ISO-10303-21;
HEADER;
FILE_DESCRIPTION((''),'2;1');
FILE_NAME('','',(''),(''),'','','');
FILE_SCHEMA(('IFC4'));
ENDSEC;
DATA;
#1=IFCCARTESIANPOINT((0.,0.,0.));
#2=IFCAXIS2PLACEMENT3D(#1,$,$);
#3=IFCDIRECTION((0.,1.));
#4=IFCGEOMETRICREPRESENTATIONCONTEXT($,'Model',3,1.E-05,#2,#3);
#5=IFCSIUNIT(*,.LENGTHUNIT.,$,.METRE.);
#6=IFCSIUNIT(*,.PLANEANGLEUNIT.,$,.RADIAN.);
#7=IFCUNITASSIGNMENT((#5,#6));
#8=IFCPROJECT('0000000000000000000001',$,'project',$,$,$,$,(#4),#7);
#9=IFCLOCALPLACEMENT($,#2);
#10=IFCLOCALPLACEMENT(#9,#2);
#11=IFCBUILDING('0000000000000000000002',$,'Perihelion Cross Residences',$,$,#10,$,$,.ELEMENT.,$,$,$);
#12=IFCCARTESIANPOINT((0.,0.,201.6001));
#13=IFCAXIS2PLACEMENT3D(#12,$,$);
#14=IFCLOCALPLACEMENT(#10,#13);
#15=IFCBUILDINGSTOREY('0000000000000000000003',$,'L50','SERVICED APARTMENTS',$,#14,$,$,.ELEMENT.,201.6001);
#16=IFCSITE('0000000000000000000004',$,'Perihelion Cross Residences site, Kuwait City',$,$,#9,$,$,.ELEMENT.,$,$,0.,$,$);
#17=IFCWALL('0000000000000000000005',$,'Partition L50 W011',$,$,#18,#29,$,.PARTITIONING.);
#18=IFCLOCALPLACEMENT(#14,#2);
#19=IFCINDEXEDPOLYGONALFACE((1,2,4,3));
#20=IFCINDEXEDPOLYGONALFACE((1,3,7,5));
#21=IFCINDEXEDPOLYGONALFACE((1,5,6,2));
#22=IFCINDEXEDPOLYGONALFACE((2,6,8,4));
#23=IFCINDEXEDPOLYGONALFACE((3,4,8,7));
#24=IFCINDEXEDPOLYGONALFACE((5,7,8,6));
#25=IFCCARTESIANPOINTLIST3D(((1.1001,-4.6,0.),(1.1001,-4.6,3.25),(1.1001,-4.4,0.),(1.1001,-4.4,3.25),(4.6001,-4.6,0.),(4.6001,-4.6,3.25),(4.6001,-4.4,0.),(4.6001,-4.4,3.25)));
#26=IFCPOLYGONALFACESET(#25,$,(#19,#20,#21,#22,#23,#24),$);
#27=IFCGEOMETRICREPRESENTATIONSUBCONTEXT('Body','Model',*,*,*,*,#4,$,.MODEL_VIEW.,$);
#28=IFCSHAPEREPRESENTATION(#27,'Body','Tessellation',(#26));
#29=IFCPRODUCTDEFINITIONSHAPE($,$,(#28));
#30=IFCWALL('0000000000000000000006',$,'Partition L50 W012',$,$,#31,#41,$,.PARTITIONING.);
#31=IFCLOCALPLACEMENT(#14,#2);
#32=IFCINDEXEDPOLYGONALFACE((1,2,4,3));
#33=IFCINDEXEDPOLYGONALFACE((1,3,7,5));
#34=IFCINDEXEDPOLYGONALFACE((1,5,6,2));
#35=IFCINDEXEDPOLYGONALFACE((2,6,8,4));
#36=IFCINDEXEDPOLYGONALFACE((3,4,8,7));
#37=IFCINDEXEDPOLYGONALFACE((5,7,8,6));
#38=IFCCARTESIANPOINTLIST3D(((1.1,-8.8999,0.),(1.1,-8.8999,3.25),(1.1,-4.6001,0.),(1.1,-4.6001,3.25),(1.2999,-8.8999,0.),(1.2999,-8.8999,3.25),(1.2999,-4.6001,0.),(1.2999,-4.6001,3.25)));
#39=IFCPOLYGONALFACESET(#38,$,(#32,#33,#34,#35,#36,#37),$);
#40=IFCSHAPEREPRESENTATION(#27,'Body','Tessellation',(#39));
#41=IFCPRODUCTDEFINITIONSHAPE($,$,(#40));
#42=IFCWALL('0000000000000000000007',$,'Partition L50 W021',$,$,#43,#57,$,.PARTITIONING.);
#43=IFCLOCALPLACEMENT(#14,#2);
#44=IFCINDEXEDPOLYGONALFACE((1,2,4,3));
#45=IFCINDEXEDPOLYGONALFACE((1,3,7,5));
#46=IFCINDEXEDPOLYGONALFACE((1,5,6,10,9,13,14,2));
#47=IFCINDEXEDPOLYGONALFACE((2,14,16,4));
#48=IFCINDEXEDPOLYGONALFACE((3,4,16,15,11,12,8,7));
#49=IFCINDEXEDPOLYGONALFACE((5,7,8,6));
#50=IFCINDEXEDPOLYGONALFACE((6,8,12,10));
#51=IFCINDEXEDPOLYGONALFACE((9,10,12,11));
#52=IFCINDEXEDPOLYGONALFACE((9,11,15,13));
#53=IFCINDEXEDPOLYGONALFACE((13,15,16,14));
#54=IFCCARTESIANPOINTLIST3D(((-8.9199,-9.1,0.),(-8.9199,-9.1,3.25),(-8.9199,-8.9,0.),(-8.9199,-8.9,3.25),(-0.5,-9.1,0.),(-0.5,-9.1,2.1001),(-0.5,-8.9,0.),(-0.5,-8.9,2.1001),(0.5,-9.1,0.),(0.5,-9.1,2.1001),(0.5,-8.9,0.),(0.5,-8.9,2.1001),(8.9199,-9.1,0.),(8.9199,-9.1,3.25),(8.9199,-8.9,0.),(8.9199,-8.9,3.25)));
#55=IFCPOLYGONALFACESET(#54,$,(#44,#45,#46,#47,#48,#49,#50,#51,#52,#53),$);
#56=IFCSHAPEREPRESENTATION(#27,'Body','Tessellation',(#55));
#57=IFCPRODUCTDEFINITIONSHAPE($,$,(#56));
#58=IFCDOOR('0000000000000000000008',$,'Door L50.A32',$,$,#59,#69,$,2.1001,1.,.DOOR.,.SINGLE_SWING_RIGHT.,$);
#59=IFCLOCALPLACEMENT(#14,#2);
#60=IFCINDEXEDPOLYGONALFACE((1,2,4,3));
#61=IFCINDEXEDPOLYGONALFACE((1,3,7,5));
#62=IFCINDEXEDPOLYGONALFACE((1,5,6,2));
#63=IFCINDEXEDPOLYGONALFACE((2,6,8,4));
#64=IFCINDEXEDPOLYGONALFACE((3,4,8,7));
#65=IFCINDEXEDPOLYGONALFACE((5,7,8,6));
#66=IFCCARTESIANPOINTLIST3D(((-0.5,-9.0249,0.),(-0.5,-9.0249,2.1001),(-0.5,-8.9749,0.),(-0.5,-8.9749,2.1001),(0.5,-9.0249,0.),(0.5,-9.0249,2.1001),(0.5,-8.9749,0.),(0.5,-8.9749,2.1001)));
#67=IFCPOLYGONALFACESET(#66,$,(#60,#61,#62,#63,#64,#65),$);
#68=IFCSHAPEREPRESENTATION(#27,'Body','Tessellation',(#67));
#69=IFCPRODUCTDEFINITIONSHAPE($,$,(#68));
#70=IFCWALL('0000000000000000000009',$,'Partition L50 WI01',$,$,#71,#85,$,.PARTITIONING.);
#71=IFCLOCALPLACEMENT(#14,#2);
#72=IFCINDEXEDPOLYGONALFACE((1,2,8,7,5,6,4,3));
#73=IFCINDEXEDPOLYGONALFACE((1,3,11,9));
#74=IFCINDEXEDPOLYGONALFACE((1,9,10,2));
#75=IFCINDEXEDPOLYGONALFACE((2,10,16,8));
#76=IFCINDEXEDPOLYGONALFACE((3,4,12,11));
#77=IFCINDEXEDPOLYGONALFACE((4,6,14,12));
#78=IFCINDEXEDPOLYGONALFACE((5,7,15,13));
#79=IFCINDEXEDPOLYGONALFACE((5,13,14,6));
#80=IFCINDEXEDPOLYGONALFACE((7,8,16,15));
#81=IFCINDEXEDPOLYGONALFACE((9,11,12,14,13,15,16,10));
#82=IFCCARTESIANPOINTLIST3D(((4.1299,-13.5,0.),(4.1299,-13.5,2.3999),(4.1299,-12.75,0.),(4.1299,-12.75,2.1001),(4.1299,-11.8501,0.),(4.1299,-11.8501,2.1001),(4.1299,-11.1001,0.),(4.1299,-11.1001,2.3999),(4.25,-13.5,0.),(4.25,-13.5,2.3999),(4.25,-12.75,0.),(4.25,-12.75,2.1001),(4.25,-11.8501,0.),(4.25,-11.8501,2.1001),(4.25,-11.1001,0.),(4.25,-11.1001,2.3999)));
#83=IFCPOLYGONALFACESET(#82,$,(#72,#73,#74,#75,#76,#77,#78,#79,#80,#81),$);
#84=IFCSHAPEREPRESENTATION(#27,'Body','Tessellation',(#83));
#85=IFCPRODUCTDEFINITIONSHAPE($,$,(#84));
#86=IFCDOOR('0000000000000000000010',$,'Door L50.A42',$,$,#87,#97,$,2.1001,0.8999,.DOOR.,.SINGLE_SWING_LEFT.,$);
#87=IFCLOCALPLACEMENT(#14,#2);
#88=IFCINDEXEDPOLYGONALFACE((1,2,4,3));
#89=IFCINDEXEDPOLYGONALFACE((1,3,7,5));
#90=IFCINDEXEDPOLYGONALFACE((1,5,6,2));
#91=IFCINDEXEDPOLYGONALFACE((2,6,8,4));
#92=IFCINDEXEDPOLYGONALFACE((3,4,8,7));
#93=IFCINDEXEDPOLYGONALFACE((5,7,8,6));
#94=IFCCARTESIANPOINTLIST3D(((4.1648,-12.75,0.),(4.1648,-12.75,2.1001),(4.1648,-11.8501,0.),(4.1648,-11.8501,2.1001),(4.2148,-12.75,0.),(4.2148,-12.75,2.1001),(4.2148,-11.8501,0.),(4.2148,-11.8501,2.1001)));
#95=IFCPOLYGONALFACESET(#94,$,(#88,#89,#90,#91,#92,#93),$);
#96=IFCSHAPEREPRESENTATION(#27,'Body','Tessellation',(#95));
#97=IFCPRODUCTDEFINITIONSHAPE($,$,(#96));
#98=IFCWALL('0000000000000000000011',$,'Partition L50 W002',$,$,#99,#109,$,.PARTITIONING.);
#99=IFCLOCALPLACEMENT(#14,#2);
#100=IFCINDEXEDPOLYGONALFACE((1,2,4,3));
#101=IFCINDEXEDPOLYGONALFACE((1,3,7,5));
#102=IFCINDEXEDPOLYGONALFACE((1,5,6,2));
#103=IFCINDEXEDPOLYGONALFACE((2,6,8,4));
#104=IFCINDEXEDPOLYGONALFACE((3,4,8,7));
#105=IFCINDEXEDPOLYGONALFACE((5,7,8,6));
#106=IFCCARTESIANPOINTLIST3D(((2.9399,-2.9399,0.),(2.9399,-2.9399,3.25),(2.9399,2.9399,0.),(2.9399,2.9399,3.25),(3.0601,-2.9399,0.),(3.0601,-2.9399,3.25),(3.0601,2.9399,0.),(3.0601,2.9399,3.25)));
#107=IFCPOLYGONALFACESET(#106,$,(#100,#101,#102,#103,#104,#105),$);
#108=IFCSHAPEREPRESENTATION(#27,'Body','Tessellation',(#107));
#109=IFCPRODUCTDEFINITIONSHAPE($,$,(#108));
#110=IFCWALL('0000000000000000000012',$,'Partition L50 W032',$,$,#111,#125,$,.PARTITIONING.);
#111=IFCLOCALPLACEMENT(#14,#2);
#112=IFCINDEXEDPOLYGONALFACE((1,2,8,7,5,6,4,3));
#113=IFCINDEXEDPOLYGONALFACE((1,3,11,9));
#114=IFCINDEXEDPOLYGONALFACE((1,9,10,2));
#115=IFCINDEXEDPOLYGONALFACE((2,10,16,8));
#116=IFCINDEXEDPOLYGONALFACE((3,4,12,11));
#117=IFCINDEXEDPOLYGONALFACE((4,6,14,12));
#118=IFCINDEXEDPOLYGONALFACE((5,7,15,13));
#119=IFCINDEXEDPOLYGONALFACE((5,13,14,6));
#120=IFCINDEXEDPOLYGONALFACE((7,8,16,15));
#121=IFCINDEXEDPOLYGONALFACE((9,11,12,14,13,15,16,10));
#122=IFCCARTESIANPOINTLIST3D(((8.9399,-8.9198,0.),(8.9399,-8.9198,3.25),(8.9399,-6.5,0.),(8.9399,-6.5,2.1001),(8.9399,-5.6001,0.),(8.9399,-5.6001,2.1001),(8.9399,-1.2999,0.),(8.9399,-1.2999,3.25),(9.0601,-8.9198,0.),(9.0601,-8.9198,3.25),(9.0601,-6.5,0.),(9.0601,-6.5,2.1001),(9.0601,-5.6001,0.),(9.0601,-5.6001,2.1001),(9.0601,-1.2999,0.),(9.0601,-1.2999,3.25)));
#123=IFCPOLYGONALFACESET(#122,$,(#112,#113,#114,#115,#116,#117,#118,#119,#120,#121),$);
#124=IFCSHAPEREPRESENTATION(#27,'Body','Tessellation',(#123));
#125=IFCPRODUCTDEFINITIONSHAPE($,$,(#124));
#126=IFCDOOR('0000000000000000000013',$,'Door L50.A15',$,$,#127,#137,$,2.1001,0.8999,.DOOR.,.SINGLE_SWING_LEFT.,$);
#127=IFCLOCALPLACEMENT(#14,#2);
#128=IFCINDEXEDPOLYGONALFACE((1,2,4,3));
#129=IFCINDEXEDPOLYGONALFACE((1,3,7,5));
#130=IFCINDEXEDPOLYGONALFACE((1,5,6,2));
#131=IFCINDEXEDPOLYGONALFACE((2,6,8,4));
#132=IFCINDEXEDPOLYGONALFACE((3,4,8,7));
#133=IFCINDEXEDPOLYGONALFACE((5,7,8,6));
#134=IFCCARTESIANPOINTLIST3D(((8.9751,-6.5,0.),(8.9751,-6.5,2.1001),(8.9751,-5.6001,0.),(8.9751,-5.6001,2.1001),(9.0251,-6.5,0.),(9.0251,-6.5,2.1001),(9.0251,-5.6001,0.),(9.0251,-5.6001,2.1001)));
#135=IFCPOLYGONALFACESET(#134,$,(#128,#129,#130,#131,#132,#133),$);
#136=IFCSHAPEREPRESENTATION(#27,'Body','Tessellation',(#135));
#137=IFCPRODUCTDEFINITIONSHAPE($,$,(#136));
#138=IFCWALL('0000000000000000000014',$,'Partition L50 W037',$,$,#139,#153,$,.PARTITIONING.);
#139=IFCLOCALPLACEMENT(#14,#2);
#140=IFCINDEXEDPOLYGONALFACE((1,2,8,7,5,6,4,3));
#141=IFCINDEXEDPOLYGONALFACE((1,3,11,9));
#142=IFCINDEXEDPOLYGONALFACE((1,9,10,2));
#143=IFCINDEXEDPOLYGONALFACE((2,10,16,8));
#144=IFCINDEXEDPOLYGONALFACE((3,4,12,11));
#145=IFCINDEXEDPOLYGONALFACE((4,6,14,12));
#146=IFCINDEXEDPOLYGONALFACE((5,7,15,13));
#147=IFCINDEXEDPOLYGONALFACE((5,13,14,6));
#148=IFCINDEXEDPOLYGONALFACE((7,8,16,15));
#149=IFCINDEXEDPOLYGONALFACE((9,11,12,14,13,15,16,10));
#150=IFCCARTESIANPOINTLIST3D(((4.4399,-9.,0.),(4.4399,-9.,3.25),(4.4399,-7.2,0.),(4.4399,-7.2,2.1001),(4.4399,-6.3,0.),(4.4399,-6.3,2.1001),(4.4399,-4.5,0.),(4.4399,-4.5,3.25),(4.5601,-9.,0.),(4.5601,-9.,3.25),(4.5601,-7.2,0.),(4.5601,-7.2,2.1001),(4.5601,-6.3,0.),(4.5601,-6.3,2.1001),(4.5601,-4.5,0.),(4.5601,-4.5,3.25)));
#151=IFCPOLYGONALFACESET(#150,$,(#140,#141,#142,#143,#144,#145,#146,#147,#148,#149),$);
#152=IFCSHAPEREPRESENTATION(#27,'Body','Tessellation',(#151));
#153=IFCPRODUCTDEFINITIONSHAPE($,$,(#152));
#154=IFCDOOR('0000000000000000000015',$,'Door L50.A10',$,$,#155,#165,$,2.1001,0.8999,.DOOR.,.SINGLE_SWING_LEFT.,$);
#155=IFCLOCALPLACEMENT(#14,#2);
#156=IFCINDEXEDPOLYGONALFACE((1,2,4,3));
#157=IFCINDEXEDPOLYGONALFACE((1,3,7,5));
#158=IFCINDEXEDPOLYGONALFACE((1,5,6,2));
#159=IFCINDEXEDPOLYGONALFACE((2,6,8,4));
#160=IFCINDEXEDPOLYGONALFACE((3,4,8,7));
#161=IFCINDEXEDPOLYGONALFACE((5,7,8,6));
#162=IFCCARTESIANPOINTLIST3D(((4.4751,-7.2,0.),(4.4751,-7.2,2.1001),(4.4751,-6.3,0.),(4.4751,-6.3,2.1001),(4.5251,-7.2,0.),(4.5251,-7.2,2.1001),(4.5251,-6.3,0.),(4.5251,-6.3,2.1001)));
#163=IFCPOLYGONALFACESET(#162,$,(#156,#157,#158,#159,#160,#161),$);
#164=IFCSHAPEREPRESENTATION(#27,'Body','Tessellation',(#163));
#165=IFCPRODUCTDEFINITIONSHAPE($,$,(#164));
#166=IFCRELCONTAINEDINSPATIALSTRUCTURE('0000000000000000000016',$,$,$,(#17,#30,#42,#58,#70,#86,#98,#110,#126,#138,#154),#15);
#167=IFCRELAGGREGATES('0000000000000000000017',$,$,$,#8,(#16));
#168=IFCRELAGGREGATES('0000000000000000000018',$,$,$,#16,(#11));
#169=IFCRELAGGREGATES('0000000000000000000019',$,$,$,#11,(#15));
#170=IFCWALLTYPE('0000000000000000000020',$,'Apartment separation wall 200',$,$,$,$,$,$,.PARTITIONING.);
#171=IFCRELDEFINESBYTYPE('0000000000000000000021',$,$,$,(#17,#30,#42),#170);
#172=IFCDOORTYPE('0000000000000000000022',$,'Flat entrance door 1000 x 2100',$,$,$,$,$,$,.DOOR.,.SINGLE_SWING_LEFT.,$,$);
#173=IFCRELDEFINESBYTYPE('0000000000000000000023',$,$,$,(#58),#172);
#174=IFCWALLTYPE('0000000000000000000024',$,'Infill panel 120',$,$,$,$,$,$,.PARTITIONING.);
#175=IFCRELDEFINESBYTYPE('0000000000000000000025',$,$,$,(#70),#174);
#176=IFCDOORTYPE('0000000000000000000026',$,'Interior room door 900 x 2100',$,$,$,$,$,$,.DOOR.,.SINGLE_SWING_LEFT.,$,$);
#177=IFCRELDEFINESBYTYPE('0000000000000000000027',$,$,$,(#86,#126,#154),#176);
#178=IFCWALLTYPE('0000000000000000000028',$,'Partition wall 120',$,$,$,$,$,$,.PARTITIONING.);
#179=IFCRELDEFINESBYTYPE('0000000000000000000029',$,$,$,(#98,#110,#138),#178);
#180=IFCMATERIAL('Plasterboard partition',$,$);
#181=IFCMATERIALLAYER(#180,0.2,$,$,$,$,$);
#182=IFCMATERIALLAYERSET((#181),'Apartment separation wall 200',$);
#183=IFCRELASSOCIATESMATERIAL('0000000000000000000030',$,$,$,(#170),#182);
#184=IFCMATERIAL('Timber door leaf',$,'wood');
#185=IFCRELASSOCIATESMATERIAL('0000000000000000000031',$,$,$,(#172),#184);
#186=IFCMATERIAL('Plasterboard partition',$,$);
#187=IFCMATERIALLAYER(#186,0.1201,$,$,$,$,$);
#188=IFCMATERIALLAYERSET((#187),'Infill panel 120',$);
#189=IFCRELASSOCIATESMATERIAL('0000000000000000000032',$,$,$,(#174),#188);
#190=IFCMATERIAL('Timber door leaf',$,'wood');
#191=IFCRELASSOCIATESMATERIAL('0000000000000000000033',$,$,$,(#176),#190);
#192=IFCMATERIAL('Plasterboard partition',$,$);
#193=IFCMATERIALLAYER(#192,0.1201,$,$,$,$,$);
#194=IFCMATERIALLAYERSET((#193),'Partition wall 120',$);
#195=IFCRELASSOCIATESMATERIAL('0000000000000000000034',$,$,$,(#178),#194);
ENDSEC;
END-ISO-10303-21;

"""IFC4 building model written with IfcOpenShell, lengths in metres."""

from ifc_helpers import new_model, si_unit, direction, frame, frame_2d, origin, place, context, subcontext, project, spatial, rectangle, extrude, material, layer, layer_set, type_object, element, fill, save


model = new_model("IFC4")

# Units and contexts
model_context = context("Model", 3, precision=1e-05, world=origin(), true_north=direction((0.0, 1.0)))
body_context = subcontext(model_context, "Body", "Model", "MODEL_VIEW")
ifc_project = project(units=[si_unit("LENGTHUNIT", "METRE"), si_unit("PLANEANGLEUNIT", "RADIAN")], contexts=[model_context])

# Site, building, storey
site_placement = place(None, origin())
site = spatial("IfcSite", under=ifc_project, at=site_placement, Name="Perihelion Cross Residences site, Kuwait City", CompositionType="ELEMENT", RefElevation=0.0)
building_placement = place(site_placement, origin())
building = spatial("IfcBuilding", under=site, at=building_placement, Name="Perihelion Cross Residences", CompositionType="ELEMENT")
storey_placement = place(building_placement, frame((0.0, 0.0, 201.6001)))
storey = spatial("IfcBuildingStorey", under=building, at=storey_placement, Name="L50", Description="SERVICED APARTMENTS", CompositionType="ELEMENT", Elevation=201.6001)

# Walls
ifc_material_1 = material(Name="Plasterboard partition")
ifc_layer_1 = layer(ifc_material_1, 0.2)
ifc_layer_set_1 = layer_set([ifc_layer_1], Name="Apartment separation wall 200")
wall_type_1 = type_object("IfcWallType", Name="Apartment separation wall 200", PredefinedType="PARTITIONING", material=ifc_layer_set_1)
wall_1_placement = place(storey_placement, frame((4.6001, -4.5, 0.0), z_axis=(0.0, 0.0, 1.0), x_axis=(-1.0, 0.0, 0.0)))
element("IfcWall", 1, at=wall_1_placement, inside=storey, type_object=wall_type_1, Name="Partition L50 W011", PredefinedType="PARTITIONING", context=body_context, shape_type="SweptSolid", body=[
    extrude(rectangle(XDim=3.5, YDim=0.2, at=frame_2d((1.75, 0.0))), origin(), (0.0, 0.0, 1.0), 3.25),
])
wall_2_placement = place(storey_placement, frame((1.2, -4.6001, 0.0), z_axis=(0.0, 0.0, 1.0), x_axis=(0.0, -1.0, 0.0)))
element("IfcWall", 2, at=wall_2_placement, inside=storey, type_object=wall_type_1, Name="Partition L50 W012", PredefinedType="PARTITIONING", context=body_context, shape_type="SweptSolid", body=[
    extrude(rectangle(XDim=4.2998, YDim=0.2, at=frame_2d((2.1499, 0.0))), origin(), (0.0, 0.0, 1.0), 3.25),
])

# Walls, openings, doors
wall_3_placement = place(storey_placement, frame((8.9199, -9.0, 0.0), z_axis=(0.0, 0.0, 1.0), x_axis=(-1.0, 0.0, 0.0)))
wall_3 = element("IfcWall", 3, at=wall_3_placement, inside=storey, type_object=wall_type_1, Name="Partition L50 W021", PredefinedType="PARTITIONING", context=body_context, shape_type="SweptSolid", body=[
    extrude(rectangle(XDim=17.8398, YDim=0.2, at=frame_2d((8.9199, 0.0))), origin(), (0.0, 0.0, 1.0), 3.25),
])
opening_1_placement = place(wall_3_placement, frame((8.4199, 0.0, 0.0)))
opening_1 = element("IfcOpeningElement", 4, at=opening_1_placement, cuts=wall_3, PredefinedType="OPENING", context=body_context, shape_type="SweptSolid", body=[
    extrude(rectangle(XDim=1.0, YDim=2.1001, at=frame_2d((0.5, 1.05))), frame((0.0, 0.1099, 0.0), z_axis=(0.0, -1.0, 0.0), x_axis=(1.0, 0.0, 0.0)), (0.0, 0.0, 1.0), 0.22),
])
ifc_material_2 = material(Name="Timber door leaf", Category="wood")
door_type_1 = type_object("IfcDoorType", Name="Flat entrance door 1000 x 2100", OperationType="SINGLE_SWING_LEFT", PredefinedType="DOOR", material=ifc_material_2)
door_1_placement = place(opening_1_placement, origin())
door_1 = element("IfcDoor", 5, at=door_1_placement, inside=storey, type_object=door_type_1, Name="Door L50.A32", OperationType="SINGLE_SWING_RIGHT", OverallHeight=2.1001, OverallWidth=1.0, PredefinedType="DOOR", context=body_context, shape_type="SweptSolid", body=[
    extrude(rectangle(XDim=1.0, YDim=2.1001, at=frame_2d((0.5, 1.05))), frame((0.0, 0.0249, 0.0), z_axis=(0.0, -1.0, 0.0), x_axis=(1.0, 0.0, 0.0)), (0.0, 0.0, 1.0), 0.05),
])
fill(opening_1, door_1)
ifc_material_3 = material(Name="Plasterboard partition")
ifc_layer_2 = layer(ifc_material_3, 0.1201)
ifc_layer_set_2 = layer_set([ifc_layer_2], Name="Infill panel 120")
wall_type_2 = type_object("IfcWallType", Name="Infill panel 120", PredefinedType="PARTITIONING", material=ifc_layer_set_2)
wall_4_placement = place(storey_placement, frame((4.1899, -11.1001, 0.0), z_axis=(0.0, 0.0, 1.0), x_axis=(0.0, -1.0, 0.0)))
wall_4 = element("IfcWall", 6, at=wall_4_placement, inside=storey, type_object=wall_type_2, Name="Partition L50 WI01", PredefinedType="PARTITIONING", context=body_context, shape_type="SweptSolid", body=[
    extrude(rectangle(XDim=2.3999, YDim=0.1201, at=frame_2d((1.2, 0.0))), origin(), (0.0, 0.0, 1.0), 2.3999),
])
opening_2_placement = place(wall_4_placement, frame((0.75, 0.0, 0.0)))
opening_2 = element("IfcOpeningElement", 7, at=opening_2_placement, cuts=wall_4, PredefinedType="OPENING", context=body_context, shape_type="SweptSolid", body=[
    extrude(rectangle(XDim=0.8999, YDim=2.1001, at=frame_2d((0.45, 1.05))), frame((0.0, 0.0701, 0.0), z_axis=(0.0, -1.0, 0.0), x_axis=(1.0, 0.0, 0.0)), (0.0, 0.0, 1.0), 0.1401),
])
ifc_material_4 = material(Name="Timber door leaf", Category="wood")
door_type_2 = type_object("IfcDoorType", Name="Interior room door 900 x 2100", OperationType="SINGLE_SWING_LEFT", PredefinedType="DOOR", material=ifc_material_4)
door_2_placement = place(opening_2_placement, origin())
door_2 = element("IfcDoor", 8, at=door_2_placement, inside=storey, type_object=door_type_2, Name="Door L50.A42", OperationType="SINGLE_SWING_LEFT", OverallHeight=2.1001, OverallWidth=0.8999, PredefinedType="DOOR", context=body_context, shape_type="SweptSolid", body=[
    extrude(rectangle(XDim=0.8999, YDim=2.1001, at=frame_2d((0.45, 1.05))), frame((0.0, 0.0249, 0.0), z_axis=(0.0, -1.0, 0.0), x_axis=(1.0, 0.0, 0.0)), (0.0, 0.0, 1.0), 0.05),
])
fill(opening_2, door_2)

# Wall
ifc_material_5 = material(Name="Plasterboard partition")
ifc_layer_3 = layer(ifc_material_5, 0.1201)
ifc_layer_set_3 = layer_set([ifc_layer_3], Name="Partition wall 120")
wall_type_3 = type_object("IfcWallType", Name="Partition wall 120", PredefinedType="PARTITIONING", material=ifc_layer_set_3)
wall_5_placement = place(storey_placement, frame((3.0, -2.9399, 0.0), z_axis=(0.0, 0.0, 1.0), x_axis=(0.0, 1.0, 0.0)))
element("IfcWall", 9, at=wall_5_placement, inside=storey, type_object=wall_type_3, Name="Partition L50 W002", PredefinedType="PARTITIONING", context=body_context, shape_type="SweptSolid", body=[
    extrude(rectangle(XDim=5.8799, YDim=0.1201, at=frame_2d((2.9399, 0.0))), origin(), (0.0, 0.0, 1.0), 3.25),
])

# Walls, openings, doors
wall_6_placement = place(storey_placement, frame((9.0, -8.9199, 0.0), z_axis=(0.0, 0.0, 1.0), x_axis=(0.0, 1.0, 0.0)))
wall_6 = element("IfcWall", 10, at=wall_6_placement, inside=storey, type_object=wall_type_3, Name="Partition L50 W032", PredefinedType="PARTITIONING", context=body_context, shape_type="SweptSolid", body=[
    extrude(rectangle(XDim=7.6199, YDim=0.1201, at=frame_2d((3.8101, 0.0))), origin(), (0.0, 0.0, 1.0), 3.25),
])
opening_3_placement = place(wall_6_placement, frame((2.4199, 0.0, 0.0)))
opening_3 = element("IfcOpeningElement", 11, at=opening_3_placement, cuts=wall_6, PredefinedType="OPENING", context=body_context, shape_type="SweptSolid", body=[
    extrude(rectangle(XDim=0.8999, YDim=2.1001, at=frame_2d((0.45, 1.05))), frame((0.0, 0.0701, 0.0), z_axis=(0.0, -1.0, 0.0), x_axis=(1.0, 0.0, 0.0)), (0.0, 0.0, 1.0), 0.1401),
])
door_3_placement = place(opening_3_placement, origin())
door_3 = element("IfcDoor", 12, at=door_3_placement, inside=storey, type_object=door_type_2, Name="Door L50.A15", OperationType="SINGLE_SWING_LEFT", OverallHeight=2.1001, OverallWidth=0.8999, PredefinedType="DOOR", context=body_context, shape_type="SweptSolid", body=[
    extrude(rectangle(XDim=0.8999, YDim=2.1001, at=frame_2d((0.45, 1.05))), frame((0.0, 0.0249, 0.0), z_axis=(0.0, -1.0, 0.0), x_axis=(1.0, 0.0, 0.0)), (0.0, 0.0, 1.0), 0.05),
])
fill(opening_3, door_3)
wall_7_placement = place(storey_placement, frame((4.5, -9.0, 0.0), z_axis=(0.0, 0.0, 1.0), x_axis=(0.0, 1.0, 0.0)))
wall_7 = element("IfcWall", 13, at=wall_7_placement, inside=storey, type_object=wall_type_3, Name="Partition L50 W037", PredefinedType="PARTITIONING", context=body_context, shape_type="SweptSolid", body=[
    extrude(rectangle(XDim=4.5, YDim=0.1201, at=frame_2d((2.25, 0.0))), origin(), (0.0, 0.0, 1.0), 3.25),
])
opening_4_placement = place(wall_7_placement, frame((1.8, 0.0, 0.0)))
opening_4 = element("IfcOpeningElement", 14, at=opening_4_placement, cuts=wall_7, PredefinedType="OPENING", context=body_context, shape_type="SweptSolid", body=[
    extrude(rectangle(XDim=0.8999, YDim=2.1001, at=frame_2d((0.45, 1.05))), frame((0.0, 0.0701, 0.0), z_axis=(0.0, -1.0, 0.0), x_axis=(1.0, 0.0, 0.0)), (0.0, 0.0, 1.0), 0.1401),
])
door_4_placement = place(opening_4_placement, origin())
door_4 = element("IfcDoor", 15, at=door_4_placement, inside=storey, type_object=door_type_2, Name="Door L50.A10", OperationType="SINGLE_SWING_LEFT", OverallHeight=2.1001, OverallWidth=0.8999, PredefinedType="DOOR", context=body_context, shape_type="SweptSolid", body=[
    extrude(rectangle(XDim=0.8999, YDim=2.1001, at=frame_2d((0.45, 1.05))), frame((0.0, 0.0249, 0.0), z_axis=(0.0, -1.0, 0.0), x_axis=(1.0, 0.0, 0.0)), (0.0, 0.0, 1.0), 0.05),
])
fill(opening_4, door_4)

save(model, "model.ifc")
